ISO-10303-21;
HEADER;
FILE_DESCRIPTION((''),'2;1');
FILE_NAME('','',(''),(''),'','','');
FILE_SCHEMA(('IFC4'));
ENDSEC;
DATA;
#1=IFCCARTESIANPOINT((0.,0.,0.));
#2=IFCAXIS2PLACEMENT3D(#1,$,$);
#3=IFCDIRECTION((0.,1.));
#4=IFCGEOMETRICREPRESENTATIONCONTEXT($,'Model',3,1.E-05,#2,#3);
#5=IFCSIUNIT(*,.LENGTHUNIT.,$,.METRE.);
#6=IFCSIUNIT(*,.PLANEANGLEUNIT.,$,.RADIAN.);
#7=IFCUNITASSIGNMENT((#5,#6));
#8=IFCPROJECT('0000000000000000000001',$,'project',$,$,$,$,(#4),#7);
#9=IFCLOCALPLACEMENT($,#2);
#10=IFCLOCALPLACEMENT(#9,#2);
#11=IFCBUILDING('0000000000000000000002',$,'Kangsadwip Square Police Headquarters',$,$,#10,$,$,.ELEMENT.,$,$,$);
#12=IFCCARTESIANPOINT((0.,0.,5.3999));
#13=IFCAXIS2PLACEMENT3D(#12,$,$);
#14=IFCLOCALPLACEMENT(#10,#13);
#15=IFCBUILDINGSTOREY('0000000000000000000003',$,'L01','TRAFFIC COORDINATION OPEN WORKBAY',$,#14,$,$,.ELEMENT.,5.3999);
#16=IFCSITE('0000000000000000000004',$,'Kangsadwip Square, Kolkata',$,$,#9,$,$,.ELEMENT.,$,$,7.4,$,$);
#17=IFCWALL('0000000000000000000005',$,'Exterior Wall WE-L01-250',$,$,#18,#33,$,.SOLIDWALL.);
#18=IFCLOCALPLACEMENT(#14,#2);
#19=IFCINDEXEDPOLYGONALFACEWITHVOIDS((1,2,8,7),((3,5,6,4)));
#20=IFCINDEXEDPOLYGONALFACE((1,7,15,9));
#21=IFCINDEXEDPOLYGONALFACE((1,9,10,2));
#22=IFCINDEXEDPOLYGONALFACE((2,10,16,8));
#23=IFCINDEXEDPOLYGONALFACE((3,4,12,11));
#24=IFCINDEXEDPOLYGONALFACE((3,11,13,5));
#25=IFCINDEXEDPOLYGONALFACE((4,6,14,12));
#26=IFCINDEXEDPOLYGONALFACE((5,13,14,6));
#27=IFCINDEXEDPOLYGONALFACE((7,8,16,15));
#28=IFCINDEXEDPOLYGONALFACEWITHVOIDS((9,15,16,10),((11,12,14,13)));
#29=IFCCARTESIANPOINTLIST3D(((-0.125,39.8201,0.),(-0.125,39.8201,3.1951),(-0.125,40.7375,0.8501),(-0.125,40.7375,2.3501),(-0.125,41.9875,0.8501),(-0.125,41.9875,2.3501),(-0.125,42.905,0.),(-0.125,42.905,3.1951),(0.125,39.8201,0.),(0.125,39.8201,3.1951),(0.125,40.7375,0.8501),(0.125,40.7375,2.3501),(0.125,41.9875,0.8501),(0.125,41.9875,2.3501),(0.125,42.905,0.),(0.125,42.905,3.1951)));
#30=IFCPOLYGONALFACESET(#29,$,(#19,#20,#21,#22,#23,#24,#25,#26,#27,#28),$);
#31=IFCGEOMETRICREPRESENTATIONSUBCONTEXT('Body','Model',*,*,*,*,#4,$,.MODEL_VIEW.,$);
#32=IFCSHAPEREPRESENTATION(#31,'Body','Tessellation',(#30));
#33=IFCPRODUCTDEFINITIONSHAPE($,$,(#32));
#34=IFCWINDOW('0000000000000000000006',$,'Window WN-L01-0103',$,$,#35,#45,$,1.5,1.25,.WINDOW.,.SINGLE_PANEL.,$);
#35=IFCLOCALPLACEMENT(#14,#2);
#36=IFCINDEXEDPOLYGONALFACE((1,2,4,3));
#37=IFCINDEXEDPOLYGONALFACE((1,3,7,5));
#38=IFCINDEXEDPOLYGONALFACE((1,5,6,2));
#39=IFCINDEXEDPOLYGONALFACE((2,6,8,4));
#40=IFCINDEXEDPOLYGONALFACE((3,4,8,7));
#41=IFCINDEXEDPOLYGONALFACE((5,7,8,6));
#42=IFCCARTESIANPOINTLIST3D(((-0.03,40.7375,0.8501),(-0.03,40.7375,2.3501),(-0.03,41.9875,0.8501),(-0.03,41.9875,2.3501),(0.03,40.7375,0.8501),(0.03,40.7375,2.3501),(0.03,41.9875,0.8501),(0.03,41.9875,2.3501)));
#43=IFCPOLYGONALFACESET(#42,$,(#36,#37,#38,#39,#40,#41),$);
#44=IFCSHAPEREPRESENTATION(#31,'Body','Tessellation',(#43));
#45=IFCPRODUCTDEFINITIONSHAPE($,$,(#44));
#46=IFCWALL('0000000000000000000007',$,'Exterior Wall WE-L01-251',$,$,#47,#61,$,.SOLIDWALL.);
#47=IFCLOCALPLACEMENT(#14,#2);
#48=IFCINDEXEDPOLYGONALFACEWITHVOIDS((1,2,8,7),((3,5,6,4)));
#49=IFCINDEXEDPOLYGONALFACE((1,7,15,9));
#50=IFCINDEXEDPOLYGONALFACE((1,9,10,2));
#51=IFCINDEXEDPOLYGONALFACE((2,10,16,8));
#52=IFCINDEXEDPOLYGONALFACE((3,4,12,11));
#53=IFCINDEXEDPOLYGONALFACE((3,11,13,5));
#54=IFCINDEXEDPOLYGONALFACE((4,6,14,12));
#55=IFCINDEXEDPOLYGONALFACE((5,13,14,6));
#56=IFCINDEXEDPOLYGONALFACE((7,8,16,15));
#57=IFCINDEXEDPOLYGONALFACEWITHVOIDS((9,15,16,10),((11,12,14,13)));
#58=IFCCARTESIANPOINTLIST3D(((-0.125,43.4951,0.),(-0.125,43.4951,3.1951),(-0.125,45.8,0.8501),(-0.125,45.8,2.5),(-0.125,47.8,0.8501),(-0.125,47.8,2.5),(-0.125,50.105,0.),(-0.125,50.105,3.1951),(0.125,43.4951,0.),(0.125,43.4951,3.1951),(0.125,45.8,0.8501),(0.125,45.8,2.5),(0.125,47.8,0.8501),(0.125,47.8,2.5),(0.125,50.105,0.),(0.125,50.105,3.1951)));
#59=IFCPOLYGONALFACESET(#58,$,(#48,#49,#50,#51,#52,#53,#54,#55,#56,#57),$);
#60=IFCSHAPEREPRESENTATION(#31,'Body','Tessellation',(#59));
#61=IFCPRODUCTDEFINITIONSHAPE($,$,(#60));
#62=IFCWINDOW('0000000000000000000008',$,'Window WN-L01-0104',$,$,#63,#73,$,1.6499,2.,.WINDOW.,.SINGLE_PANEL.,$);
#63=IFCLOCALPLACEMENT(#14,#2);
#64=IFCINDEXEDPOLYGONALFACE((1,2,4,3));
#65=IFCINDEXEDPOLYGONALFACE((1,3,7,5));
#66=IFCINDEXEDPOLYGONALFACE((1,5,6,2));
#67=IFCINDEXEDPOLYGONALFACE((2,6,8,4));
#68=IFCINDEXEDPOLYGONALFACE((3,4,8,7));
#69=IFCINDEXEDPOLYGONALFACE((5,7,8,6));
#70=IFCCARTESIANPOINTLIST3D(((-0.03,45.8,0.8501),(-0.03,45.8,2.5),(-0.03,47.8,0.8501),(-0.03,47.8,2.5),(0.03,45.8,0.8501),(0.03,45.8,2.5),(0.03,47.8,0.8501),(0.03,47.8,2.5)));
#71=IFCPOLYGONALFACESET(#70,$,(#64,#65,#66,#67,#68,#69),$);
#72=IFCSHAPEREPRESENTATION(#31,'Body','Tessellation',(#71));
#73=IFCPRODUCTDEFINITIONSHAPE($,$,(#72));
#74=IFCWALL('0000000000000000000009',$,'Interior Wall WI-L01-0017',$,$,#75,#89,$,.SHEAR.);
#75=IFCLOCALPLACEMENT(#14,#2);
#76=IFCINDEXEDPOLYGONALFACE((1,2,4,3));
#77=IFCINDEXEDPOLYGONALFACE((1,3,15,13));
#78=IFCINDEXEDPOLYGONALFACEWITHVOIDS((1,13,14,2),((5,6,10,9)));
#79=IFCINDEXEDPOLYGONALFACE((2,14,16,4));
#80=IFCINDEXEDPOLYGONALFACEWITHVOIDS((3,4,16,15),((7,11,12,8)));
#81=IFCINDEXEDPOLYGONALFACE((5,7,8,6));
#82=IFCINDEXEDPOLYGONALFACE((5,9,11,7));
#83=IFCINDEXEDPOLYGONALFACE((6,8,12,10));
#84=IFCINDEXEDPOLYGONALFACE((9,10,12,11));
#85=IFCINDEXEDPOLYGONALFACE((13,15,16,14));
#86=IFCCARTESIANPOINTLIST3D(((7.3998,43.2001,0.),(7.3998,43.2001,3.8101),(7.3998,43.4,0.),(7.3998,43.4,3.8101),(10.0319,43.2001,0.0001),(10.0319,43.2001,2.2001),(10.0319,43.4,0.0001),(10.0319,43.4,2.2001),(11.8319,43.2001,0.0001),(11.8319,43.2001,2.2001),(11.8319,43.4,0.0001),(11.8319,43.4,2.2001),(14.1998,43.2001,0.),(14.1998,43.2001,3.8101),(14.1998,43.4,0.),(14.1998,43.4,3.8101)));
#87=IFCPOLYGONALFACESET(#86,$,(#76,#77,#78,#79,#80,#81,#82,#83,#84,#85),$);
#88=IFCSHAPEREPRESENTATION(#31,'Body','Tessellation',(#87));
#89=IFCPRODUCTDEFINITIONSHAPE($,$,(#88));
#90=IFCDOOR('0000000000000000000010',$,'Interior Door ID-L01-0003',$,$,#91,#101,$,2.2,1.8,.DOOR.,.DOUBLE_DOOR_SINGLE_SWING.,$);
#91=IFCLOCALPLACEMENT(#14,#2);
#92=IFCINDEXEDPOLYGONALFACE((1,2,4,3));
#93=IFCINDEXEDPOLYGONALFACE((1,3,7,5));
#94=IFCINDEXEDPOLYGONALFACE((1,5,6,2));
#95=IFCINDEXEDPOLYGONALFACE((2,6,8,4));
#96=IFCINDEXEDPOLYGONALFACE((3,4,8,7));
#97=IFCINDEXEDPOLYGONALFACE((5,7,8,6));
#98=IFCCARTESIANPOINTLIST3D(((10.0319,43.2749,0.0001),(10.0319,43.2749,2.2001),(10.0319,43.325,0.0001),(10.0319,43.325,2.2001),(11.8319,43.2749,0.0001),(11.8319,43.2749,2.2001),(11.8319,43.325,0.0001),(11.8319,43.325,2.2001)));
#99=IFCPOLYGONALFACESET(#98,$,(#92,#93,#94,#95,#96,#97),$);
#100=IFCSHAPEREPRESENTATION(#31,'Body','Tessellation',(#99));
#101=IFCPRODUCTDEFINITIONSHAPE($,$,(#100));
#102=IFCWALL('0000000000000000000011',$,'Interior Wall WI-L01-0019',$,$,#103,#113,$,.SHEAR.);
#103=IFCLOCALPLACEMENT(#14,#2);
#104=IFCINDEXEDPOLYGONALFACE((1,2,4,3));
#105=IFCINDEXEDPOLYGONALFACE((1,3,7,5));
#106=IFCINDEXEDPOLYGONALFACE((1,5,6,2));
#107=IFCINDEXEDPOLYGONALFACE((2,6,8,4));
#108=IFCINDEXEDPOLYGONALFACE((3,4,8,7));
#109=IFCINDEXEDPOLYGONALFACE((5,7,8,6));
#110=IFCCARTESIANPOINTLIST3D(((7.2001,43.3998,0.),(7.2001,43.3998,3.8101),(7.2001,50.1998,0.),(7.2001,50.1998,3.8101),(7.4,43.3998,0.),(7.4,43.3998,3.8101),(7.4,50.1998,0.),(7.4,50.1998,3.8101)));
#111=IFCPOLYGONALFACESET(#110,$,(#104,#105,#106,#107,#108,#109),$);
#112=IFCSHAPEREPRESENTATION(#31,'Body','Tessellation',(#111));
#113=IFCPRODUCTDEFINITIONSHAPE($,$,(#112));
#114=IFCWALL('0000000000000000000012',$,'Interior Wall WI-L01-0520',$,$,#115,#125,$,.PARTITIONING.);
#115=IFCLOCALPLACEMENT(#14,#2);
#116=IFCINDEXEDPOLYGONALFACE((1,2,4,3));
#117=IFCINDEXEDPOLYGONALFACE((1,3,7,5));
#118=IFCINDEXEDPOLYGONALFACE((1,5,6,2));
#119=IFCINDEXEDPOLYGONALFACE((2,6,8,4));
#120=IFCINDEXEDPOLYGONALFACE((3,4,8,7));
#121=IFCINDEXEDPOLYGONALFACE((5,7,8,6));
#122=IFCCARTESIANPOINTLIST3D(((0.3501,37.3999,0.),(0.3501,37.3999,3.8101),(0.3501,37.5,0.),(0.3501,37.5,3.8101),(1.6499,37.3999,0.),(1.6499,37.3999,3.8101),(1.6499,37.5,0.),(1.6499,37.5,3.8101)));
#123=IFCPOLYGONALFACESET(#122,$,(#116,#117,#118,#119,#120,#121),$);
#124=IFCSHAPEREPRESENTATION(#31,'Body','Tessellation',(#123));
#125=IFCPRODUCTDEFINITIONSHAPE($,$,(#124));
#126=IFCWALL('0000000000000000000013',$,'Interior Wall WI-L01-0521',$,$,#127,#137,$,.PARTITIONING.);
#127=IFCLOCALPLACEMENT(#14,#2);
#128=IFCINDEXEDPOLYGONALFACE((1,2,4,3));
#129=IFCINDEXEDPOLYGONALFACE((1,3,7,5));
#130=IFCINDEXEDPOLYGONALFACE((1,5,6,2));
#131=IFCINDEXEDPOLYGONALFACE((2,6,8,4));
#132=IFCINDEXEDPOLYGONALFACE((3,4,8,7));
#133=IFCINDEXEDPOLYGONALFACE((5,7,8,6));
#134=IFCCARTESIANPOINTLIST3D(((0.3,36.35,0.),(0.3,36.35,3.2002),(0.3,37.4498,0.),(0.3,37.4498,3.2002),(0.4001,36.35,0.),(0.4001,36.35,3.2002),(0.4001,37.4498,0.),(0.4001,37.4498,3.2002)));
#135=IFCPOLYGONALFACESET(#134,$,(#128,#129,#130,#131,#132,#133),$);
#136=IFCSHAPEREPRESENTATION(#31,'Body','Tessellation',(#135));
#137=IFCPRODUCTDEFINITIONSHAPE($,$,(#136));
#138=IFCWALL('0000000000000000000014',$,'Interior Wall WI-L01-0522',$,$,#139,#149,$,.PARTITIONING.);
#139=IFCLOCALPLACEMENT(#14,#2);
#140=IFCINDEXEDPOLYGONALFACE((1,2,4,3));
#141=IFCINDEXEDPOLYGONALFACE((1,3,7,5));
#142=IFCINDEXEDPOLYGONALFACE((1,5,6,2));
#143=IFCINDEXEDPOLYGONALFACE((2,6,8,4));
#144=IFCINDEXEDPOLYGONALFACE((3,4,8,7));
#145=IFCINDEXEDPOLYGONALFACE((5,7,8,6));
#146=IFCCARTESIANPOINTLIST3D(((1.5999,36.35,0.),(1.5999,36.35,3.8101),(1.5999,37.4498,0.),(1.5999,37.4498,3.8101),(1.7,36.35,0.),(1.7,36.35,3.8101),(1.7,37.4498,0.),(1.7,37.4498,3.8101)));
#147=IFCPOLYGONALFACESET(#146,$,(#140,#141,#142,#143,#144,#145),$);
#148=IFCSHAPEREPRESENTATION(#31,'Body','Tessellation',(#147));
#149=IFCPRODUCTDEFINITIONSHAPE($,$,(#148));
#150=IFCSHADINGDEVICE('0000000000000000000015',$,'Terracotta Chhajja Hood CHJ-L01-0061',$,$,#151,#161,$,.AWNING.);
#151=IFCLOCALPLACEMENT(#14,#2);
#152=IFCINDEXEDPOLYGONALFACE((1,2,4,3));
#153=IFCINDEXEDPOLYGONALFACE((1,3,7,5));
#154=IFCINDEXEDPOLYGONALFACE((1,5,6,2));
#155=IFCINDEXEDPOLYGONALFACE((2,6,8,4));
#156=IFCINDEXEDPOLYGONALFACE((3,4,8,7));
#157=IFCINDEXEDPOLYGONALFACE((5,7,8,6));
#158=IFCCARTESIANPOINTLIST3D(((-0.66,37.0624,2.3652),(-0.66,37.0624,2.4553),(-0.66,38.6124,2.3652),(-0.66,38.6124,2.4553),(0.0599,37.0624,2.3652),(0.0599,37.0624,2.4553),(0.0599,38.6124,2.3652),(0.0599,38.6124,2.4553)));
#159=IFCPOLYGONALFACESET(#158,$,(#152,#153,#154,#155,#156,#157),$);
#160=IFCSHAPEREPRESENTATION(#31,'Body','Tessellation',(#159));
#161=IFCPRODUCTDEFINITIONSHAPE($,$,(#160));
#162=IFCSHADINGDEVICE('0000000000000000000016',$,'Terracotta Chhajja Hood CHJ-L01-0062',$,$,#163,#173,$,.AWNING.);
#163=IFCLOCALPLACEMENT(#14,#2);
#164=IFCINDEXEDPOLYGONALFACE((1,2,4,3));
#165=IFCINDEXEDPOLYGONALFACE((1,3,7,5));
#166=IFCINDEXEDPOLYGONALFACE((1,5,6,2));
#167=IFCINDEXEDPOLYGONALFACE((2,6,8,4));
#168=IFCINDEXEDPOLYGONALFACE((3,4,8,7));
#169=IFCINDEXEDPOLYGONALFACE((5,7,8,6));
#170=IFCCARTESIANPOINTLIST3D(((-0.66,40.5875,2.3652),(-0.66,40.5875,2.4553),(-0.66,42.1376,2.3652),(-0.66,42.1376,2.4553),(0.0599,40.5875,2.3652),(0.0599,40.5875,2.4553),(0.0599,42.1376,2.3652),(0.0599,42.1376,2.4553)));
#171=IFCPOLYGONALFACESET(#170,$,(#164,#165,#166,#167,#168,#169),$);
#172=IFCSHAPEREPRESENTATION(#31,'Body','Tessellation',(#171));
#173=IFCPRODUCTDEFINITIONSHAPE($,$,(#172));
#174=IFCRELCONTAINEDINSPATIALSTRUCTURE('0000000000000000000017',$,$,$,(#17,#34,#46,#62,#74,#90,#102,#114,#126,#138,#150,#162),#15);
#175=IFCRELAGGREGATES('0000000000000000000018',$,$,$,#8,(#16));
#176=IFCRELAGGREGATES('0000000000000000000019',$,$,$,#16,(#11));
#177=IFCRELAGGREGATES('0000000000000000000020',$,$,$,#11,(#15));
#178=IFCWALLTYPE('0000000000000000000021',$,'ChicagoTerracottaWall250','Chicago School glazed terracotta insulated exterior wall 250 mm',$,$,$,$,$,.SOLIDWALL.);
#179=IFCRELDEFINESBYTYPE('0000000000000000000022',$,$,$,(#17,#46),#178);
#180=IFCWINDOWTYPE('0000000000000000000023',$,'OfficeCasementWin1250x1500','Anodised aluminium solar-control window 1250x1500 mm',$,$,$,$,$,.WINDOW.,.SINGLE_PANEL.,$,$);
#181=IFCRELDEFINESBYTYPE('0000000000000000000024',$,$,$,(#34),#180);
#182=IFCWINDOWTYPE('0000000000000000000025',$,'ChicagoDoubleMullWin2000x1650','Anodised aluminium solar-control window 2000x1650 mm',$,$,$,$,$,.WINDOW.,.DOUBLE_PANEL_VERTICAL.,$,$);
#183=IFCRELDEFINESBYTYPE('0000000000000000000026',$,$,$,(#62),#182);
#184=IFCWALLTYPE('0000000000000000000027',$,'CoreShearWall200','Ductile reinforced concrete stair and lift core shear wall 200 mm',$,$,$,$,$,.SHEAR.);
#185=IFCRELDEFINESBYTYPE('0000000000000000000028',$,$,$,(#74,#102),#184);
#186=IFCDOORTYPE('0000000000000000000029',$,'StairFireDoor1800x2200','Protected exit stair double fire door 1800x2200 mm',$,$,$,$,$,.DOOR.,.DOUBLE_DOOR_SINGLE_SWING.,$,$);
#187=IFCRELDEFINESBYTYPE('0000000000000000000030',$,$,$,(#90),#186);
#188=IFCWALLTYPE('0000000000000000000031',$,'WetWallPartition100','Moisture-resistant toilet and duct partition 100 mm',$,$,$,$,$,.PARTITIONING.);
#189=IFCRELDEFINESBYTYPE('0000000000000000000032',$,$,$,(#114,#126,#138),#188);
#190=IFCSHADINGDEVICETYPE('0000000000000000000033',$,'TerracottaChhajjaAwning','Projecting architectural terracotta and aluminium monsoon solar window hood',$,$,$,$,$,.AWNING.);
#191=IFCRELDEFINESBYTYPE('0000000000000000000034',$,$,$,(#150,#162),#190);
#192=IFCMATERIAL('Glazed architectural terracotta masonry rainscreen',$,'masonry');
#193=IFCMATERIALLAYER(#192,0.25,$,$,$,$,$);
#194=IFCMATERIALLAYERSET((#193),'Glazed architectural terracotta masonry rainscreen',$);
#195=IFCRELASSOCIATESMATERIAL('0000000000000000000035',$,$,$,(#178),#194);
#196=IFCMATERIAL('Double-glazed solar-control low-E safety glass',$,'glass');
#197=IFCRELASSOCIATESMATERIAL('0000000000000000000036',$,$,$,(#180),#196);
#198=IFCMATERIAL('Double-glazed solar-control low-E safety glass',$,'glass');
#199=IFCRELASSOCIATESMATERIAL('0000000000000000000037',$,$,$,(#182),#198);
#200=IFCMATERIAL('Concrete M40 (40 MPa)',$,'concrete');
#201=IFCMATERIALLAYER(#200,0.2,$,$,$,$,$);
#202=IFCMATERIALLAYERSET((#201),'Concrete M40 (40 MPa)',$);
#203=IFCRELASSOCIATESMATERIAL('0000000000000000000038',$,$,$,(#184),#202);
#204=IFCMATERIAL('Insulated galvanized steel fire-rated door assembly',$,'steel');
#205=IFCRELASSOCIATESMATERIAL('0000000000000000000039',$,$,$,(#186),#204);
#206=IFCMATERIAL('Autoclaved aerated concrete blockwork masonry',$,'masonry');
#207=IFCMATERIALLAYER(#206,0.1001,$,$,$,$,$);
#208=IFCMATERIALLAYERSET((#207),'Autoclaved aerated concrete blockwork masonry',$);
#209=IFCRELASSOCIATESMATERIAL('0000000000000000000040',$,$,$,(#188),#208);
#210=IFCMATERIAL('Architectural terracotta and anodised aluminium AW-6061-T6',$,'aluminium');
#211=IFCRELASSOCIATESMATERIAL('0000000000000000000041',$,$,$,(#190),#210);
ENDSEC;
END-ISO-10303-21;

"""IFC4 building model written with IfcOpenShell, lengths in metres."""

from ifc_helpers import new_model, si_unit, direction, frame, frame_2d, origin, origin_2d, place, context, subcontext, project, spatial, rectangle, extrude, material, layer, layer_set, type_object, element, fill, save


model = new_model("IFC4")

# Units and contexts
model_context = context("Model", 3, precision=1e-05, world=origin(), true_north=direction((0.0, 1.0)))
body_context = subcontext(model_context, "Body", "Model", "MODEL_VIEW")
ifc_project = project(units=[si_unit("LENGTHUNIT", "METRE"), si_unit("PLANEANGLEUNIT", "RADIAN")], contexts=[model_context])

# Site, building, storey
site_placement = place(None, origin())
site = spatial("IfcSite", under=ifc_project, at=site_placement, Name="Kangsadwip Square, Kolkata", CompositionType="ELEMENT", RefElevation=7.4)
building_placement = place(site_placement, origin())
building = spatial("IfcBuilding", under=site, at=building_placement, Name="Kangsadwip Square Police Headquarters", CompositionType="ELEMENT")
storey_placement = place(building_placement, frame((0.0, 0.0, 5.3999)))
storey = spatial("IfcBuildingStorey", under=building, at=storey_placement, Name="L01", Description="TRAFFIC COORDINATION OPEN WORKBAY", CompositionType="ELEMENT", Elevation=5.3999)

# Walls, openings, windows
ifc_material_1 = material(Name="Glazed architectural terracotta masonry rainscreen", Category="masonry")
ifc_layer_1 = layer(ifc_material_1, 0.25)
ifc_layer_set_1 = layer_set([ifc_layer_1], Name="Glazed architectural terracotta masonry rainscreen")
wall_type_1 = type_object("IfcWallType", Name="ChicagoTerracottaWall250", Description="Chicago School glazed terracotta insulated exterior wall 250 mm", PredefinedType="SOLIDWALL", material=ifc_layer_set_1)
wall_1_placement = place(storey_placement, frame((0.0, 39.8201, 0.0), z_axis=(0.0, 0.0, 1.0), x_axis=(0.0, 1.0, 0.0)))
wall_1 = element("IfcWall", 1, at=wall_1_placement, inside=storey, type_object=wall_type_1, Name="Exterior Wall WE-L01-250", PredefinedType="SOLIDWALL", context=body_context, shape_type="SweptSolid", body=[
    extrude(rectangle(XDim=3.085, YDim=0.25, at=frame_2d((1.5425, 0.0))), origin(), (0.0, 0.0, 1.0), 3.1951),
])
opening_1_placement = place(wall_1_placement, frame((0.9175, 0.0, 0.8501)))
opening_1 = element("IfcOpeningElement", 2, at=opening_1_placement, cuts=wall_1, PredefinedType="OPENING", context=body_context, shape_type="SweptSolid", body=[
    extrude(rectangle(XDim=1.25, YDim=1.5, at=frame_2d((0.625, 0.75))), frame((0.0, 0.135, 0.0), z_axis=(0.0, -1.0, 0.0), x_axis=(1.0, 0.0, 0.0)), (0.0, 0.0, 1.0), 0.27),
])
ifc_material_2 = material(Name="Double-glazed solar-control low-E safety glass", Category="glass")
window_type_1 = type_object("IfcWindowType", Name="OfficeCasementWin1250x1500", Description="Anodised aluminium solar-control window 1250x1500 mm", PartitioningType="SINGLE_PANEL", PredefinedType="WINDOW", material=ifc_material_2)
window_1_placement = place(opening_1_placement, origin())
window_1 = element("IfcWindow", 3, at=window_1_placement, inside=storey, type_object=window_type_1, Name="Window WN-L01-0103", OverallHeight=1.5, OverallWidth=1.25, PartitioningType="SINGLE_PANEL", PredefinedType="WINDOW", context=body_context, shape_type="SweptSolid", body=[
    extrude(rectangle(XDim=1.25, YDim=1.5, at=frame_2d((0.625, 0.75))), frame((0.0, 0.03, 0.0), z_axis=(0.0, -1.0, 0.0), x_axis=(1.0, 0.0, 0.0)), (0.0, 0.0, 1.0), 0.0601),
])
fill(opening_1, window_1)
wall_2_placement = place(storey_placement, frame((0.0, 43.4951, 0.0), z_axis=(0.0, 0.0, 1.0), x_axis=(0.0, 1.0, 0.0)))
wall_2 = element("IfcWall", 4, at=wall_2_placement, inside=storey, type_object=wall_type_1, Name="Exterior Wall WE-L01-251", PredefinedType="SOLIDWALL", context=body_context, shape_type="SweptSolid", body=[
    extrude(rectangle(XDim=6.6099, YDim=0.25, at=frame_2d((3.3049, 0.0))), origin(), (0.0, 0.0, 1.0), 3.1951),
])
opening_2_placement = place(wall_2_placement, frame((2.3049, 0.0, 0.8501)))
opening_2 = element("IfcOpeningElement", 5, at=opening_2_placement, cuts=wall_2, PredefinedType="OPENING", context=body_context, shape_type="SweptSolid", body=[
    extrude(rectangle(XDim=2.0, YDim=1.6499, at=frame_2d((1.0, 0.825))), frame((0.0, 0.135, 0.0), z_axis=(0.0, -1.0, 0.0), x_axis=(1.0, 0.0, 0.0)), (0.0, 0.0, 1.0), 0.27),
])
ifc_material_3 = material(Name="Double-glazed solar-control low-E safety glass", Category="glass")
window_type_2 = type_object("IfcWindowType", Name="ChicagoDoubleMullWin2000x1650", Description="Anodised aluminium solar-control window 2000x1650 mm", PartitioningType="DOUBLE_PANEL_VERTICAL", PredefinedType="WINDOW", material=ifc_material_3)
window_2_placement = place(opening_2_placement, origin())
window_2 = element("IfcWindow", 6, at=window_2_placement, inside=storey, type_object=window_type_2, Name="Window WN-L01-0104", OverallHeight=1.6499, OverallWidth=2.0, PartitioningType="SINGLE_PANEL", PredefinedType="WINDOW", context=body_context, shape_type="SweptSolid", body=[
    extrude(rectangle(XDim=2.0, YDim=1.6499, at=frame_2d((1.0, 0.825))), frame((0.0, 0.03, 0.0), z_axis=(0.0, -1.0, 0.0), x_axis=(1.0, 0.0, 0.0)), (0.0, 0.0, 1.0), 0.0601),
])
fill(opening_2, window_2)

# Wall, opening, door
ifc_material_4 = material(Name="Concrete M40 (40 MPa)", Category="concrete")
ifc_layer_2 = layer(ifc_material_4, 0.2)
ifc_layer_set_2 = layer_set([ifc_layer_2], Name="Concrete M40 (40 MPa)")
wall_type_2 = type_object("IfcWallType", Name="CoreShearWall200", Description="Ductile reinforced concrete stair and lift core shear wall 200 mm", PredefinedType="SHEAR", material=ifc_layer_set_2)
wall_3_placement = place(storey_placement, frame((7.3999, 43.3, 0.0), z_axis=(0.0, 0.0, 1.0), x_axis=(1.0, 0.0, 0.0)))
wall_3 = element("IfcWall", 7, at=wall_3_placement, inside=storey, type_object=wall_type_2, Name="Interior Wall WI-L01-0017", PredefinedType="SHEAR", context=body_context, shape_type="SweptSolid", body=[
    extrude(rectangle(XDim=6.8, YDim=0.2, at=frame_2d((3.3999, 0.0))), origin(), (0.0, 0.0, 1.0), 3.8101),
])
opening_3_placement = place(wall_3_placement, frame((2.6321, 0.0, 0.0)))
opening_3 = element("IfcOpeningElement", 8, at=opening_3_placement, cuts=wall_3, PredefinedType="OPENING", context=body_context, shape_type="SweptSolid", body=[
    extrude(rectangle(XDim=1.8, YDim=2.2, at=frame_2d((0.8999, 1.1001))), frame((0.0, 0.1099, 0.0), z_axis=(0.0, -1.0, 0.0), x_axis=(1.0, 0.0, 0.0)), (0.0, 0.0, 1.0), 0.22),
])
ifc_material_5 = material(Name="Insulated galvanized steel fire-rated door assembly", Category="steel")
door_type = type_object("IfcDoorType", Name="StairFireDoor1800x2200", Description="Protected exit stair double fire door 1800x2200 mm", OperationType="DOUBLE_DOOR_SINGLE_SWING", PredefinedType="DOOR", material=ifc_material_5)
door_placement = place(opening_3_placement, origin())
door = element("IfcDoor", 9, at=door_placement, inside=storey, type_object=door_type, Name="Interior Door ID-L01-0003", OperationType="DOUBLE_DOOR_SINGLE_SWING", OverallHeight=2.2, OverallWidth=1.8, PredefinedType="DOOR", context=body_context, shape_type="SweptSolid", body=[
    extrude(rectangle(XDim=1.8, YDim=2.2, at=frame_2d((0.8999, 1.1001))), frame((0.0, 0.0249, 0.0), z_axis=(0.0, -1.0, 0.0), x_axis=(1.0, 0.0, 0.0)), (0.0, 0.0, 1.0), 0.05),
])
fill(opening_3, door)

# Walls
wall_4_placement = place(storey_placement, frame((7.3, 43.3999, 0.0), z_axis=(0.0, 0.0, 1.0), x_axis=(0.0, 1.0, 0.0)))
element("IfcWall", 10, at=wall_4_placement, inside=storey, type_object=wall_type_2, Name="Interior Wall WI-L01-0019", PredefinedType="SHEAR", context=body_context, shape_type="SweptSolid", body=[
    extrude(rectangle(XDim=6.8, YDim=0.2, at=frame_2d((3.3999, 0.0))), origin(), (0.0, 0.0, 1.0), 3.8101),
])
ifc_material_6 = material(Name="Autoclaved aerated concrete blockwork masonry", Category="masonry")
ifc_layer_3 = layer(ifc_material_6, 0.1001)
ifc_layer_set_3 = layer_set([ifc_layer_3], Name="Autoclaved aerated concrete blockwork masonry")
wall_type_3 = type_object("IfcWallType", Name="WetWallPartition100", Description="Moisture-resistant toilet and duct partition 100 mm", PredefinedType="PARTITIONING", material=ifc_layer_set_3)
wall_5_placement = place(storey_placement, frame((0.3501, 37.45, 0.0), z_axis=(0.0, 0.0, 1.0), x_axis=(1.0, 0.0, 0.0)))
element("IfcWall", 11, at=wall_5_placement, inside=storey, type_object=wall_type_3, Name="Interior Wall WI-L01-0520", PredefinedType="PARTITIONING", context=body_context, shape_type="SweptSolid", body=[
    extrude(rectangle(XDim=1.2998, YDim=0.1001, at=frame_2d((0.6499, 0.0))), origin(), (0.0, 0.0, 1.0), 3.8101),
])
wall_6_placement = place(storey_placement, frame((0.3501, 36.3501, 0.0), z_axis=(0.0, 0.0, 1.0), x_axis=(0.0, 1.0, 0.0)))
element("IfcWall", 12, at=wall_6_placement, inside=storey, type_object=wall_type_3, Name="Interior Wall WI-L01-0521", PredefinedType="PARTITIONING", context=body_context, shape_type="SweptSolid", body=[
    extrude(rectangle(XDim=1.0999, YDim=0.1001, at=frame_2d((0.5498, 0.0))), origin(), (0.0, 0.0, 1.0), 3.2002),
])
wall_7_placement = place(storey_placement, frame((1.6499, 36.3501, 0.0), z_axis=(0.0, 0.0, 1.0), x_axis=(0.0, 1.0, 0.0)))
element("IfcWall", 13, at=wall_7_placement, inside=storey, type_object=wall_type_3, Name="Interior Wall WI-L01-0522", PredefinedType="PARTITIONING", context=body_context, shape_type="SweptSolid", body=[
    extrude(rectangle(XDim=1.0999, YDim=0.1001, at=frame_2d((0.5498, 0.0))), origin(), (0.0, 0.0, 1.0), 3.8101),
])

# Shading devices
ifc_material_7 = material(Name="Architectural terracotta and anodised aluminium AW-6061-T6", Category="aluminium")
shading_device_type = type_object("IfcShadingDeviceType", Name="TerracottaChhajjaAwning", Description="Projecting architectural terracotta and aluminium monsoon solar window hood", PredefinedType="AWNING", material=ifc_material_7)
for number, where, z_axis, x_axis, name in (
    (14, (-0.3, 37.8374, 2.3652), (0.0, 0.0, 1.0), (0.0, 1.0, 0.0), "Terracotta Chhajja Hood CHJ-L01-0061"),
    (15, (-0.3, 41.3625, 2.3652), (0.0, 0.0, 1.0), (0.0, 1.0, 0.0), "Terracotta Chhajja Hood CHJ-L01-0062"),
):
    element("IfcShadingDevice", number, at=place(storey_placement, frame(where, z_axis=z_axis, x_axis=x_axis)), inside=storey, type_object=shading_device_type, Name=name, PredefinedType="AWNING", context=body_context, shape_type="SweptSolid", body=[
        extrude(rectangle(XDim=1.55, YDim=0.72, at=origin_2d()), origin(), (0.0, 0.0, 1.0), 0.0901),
    ])

save(model, "model.ifc")
